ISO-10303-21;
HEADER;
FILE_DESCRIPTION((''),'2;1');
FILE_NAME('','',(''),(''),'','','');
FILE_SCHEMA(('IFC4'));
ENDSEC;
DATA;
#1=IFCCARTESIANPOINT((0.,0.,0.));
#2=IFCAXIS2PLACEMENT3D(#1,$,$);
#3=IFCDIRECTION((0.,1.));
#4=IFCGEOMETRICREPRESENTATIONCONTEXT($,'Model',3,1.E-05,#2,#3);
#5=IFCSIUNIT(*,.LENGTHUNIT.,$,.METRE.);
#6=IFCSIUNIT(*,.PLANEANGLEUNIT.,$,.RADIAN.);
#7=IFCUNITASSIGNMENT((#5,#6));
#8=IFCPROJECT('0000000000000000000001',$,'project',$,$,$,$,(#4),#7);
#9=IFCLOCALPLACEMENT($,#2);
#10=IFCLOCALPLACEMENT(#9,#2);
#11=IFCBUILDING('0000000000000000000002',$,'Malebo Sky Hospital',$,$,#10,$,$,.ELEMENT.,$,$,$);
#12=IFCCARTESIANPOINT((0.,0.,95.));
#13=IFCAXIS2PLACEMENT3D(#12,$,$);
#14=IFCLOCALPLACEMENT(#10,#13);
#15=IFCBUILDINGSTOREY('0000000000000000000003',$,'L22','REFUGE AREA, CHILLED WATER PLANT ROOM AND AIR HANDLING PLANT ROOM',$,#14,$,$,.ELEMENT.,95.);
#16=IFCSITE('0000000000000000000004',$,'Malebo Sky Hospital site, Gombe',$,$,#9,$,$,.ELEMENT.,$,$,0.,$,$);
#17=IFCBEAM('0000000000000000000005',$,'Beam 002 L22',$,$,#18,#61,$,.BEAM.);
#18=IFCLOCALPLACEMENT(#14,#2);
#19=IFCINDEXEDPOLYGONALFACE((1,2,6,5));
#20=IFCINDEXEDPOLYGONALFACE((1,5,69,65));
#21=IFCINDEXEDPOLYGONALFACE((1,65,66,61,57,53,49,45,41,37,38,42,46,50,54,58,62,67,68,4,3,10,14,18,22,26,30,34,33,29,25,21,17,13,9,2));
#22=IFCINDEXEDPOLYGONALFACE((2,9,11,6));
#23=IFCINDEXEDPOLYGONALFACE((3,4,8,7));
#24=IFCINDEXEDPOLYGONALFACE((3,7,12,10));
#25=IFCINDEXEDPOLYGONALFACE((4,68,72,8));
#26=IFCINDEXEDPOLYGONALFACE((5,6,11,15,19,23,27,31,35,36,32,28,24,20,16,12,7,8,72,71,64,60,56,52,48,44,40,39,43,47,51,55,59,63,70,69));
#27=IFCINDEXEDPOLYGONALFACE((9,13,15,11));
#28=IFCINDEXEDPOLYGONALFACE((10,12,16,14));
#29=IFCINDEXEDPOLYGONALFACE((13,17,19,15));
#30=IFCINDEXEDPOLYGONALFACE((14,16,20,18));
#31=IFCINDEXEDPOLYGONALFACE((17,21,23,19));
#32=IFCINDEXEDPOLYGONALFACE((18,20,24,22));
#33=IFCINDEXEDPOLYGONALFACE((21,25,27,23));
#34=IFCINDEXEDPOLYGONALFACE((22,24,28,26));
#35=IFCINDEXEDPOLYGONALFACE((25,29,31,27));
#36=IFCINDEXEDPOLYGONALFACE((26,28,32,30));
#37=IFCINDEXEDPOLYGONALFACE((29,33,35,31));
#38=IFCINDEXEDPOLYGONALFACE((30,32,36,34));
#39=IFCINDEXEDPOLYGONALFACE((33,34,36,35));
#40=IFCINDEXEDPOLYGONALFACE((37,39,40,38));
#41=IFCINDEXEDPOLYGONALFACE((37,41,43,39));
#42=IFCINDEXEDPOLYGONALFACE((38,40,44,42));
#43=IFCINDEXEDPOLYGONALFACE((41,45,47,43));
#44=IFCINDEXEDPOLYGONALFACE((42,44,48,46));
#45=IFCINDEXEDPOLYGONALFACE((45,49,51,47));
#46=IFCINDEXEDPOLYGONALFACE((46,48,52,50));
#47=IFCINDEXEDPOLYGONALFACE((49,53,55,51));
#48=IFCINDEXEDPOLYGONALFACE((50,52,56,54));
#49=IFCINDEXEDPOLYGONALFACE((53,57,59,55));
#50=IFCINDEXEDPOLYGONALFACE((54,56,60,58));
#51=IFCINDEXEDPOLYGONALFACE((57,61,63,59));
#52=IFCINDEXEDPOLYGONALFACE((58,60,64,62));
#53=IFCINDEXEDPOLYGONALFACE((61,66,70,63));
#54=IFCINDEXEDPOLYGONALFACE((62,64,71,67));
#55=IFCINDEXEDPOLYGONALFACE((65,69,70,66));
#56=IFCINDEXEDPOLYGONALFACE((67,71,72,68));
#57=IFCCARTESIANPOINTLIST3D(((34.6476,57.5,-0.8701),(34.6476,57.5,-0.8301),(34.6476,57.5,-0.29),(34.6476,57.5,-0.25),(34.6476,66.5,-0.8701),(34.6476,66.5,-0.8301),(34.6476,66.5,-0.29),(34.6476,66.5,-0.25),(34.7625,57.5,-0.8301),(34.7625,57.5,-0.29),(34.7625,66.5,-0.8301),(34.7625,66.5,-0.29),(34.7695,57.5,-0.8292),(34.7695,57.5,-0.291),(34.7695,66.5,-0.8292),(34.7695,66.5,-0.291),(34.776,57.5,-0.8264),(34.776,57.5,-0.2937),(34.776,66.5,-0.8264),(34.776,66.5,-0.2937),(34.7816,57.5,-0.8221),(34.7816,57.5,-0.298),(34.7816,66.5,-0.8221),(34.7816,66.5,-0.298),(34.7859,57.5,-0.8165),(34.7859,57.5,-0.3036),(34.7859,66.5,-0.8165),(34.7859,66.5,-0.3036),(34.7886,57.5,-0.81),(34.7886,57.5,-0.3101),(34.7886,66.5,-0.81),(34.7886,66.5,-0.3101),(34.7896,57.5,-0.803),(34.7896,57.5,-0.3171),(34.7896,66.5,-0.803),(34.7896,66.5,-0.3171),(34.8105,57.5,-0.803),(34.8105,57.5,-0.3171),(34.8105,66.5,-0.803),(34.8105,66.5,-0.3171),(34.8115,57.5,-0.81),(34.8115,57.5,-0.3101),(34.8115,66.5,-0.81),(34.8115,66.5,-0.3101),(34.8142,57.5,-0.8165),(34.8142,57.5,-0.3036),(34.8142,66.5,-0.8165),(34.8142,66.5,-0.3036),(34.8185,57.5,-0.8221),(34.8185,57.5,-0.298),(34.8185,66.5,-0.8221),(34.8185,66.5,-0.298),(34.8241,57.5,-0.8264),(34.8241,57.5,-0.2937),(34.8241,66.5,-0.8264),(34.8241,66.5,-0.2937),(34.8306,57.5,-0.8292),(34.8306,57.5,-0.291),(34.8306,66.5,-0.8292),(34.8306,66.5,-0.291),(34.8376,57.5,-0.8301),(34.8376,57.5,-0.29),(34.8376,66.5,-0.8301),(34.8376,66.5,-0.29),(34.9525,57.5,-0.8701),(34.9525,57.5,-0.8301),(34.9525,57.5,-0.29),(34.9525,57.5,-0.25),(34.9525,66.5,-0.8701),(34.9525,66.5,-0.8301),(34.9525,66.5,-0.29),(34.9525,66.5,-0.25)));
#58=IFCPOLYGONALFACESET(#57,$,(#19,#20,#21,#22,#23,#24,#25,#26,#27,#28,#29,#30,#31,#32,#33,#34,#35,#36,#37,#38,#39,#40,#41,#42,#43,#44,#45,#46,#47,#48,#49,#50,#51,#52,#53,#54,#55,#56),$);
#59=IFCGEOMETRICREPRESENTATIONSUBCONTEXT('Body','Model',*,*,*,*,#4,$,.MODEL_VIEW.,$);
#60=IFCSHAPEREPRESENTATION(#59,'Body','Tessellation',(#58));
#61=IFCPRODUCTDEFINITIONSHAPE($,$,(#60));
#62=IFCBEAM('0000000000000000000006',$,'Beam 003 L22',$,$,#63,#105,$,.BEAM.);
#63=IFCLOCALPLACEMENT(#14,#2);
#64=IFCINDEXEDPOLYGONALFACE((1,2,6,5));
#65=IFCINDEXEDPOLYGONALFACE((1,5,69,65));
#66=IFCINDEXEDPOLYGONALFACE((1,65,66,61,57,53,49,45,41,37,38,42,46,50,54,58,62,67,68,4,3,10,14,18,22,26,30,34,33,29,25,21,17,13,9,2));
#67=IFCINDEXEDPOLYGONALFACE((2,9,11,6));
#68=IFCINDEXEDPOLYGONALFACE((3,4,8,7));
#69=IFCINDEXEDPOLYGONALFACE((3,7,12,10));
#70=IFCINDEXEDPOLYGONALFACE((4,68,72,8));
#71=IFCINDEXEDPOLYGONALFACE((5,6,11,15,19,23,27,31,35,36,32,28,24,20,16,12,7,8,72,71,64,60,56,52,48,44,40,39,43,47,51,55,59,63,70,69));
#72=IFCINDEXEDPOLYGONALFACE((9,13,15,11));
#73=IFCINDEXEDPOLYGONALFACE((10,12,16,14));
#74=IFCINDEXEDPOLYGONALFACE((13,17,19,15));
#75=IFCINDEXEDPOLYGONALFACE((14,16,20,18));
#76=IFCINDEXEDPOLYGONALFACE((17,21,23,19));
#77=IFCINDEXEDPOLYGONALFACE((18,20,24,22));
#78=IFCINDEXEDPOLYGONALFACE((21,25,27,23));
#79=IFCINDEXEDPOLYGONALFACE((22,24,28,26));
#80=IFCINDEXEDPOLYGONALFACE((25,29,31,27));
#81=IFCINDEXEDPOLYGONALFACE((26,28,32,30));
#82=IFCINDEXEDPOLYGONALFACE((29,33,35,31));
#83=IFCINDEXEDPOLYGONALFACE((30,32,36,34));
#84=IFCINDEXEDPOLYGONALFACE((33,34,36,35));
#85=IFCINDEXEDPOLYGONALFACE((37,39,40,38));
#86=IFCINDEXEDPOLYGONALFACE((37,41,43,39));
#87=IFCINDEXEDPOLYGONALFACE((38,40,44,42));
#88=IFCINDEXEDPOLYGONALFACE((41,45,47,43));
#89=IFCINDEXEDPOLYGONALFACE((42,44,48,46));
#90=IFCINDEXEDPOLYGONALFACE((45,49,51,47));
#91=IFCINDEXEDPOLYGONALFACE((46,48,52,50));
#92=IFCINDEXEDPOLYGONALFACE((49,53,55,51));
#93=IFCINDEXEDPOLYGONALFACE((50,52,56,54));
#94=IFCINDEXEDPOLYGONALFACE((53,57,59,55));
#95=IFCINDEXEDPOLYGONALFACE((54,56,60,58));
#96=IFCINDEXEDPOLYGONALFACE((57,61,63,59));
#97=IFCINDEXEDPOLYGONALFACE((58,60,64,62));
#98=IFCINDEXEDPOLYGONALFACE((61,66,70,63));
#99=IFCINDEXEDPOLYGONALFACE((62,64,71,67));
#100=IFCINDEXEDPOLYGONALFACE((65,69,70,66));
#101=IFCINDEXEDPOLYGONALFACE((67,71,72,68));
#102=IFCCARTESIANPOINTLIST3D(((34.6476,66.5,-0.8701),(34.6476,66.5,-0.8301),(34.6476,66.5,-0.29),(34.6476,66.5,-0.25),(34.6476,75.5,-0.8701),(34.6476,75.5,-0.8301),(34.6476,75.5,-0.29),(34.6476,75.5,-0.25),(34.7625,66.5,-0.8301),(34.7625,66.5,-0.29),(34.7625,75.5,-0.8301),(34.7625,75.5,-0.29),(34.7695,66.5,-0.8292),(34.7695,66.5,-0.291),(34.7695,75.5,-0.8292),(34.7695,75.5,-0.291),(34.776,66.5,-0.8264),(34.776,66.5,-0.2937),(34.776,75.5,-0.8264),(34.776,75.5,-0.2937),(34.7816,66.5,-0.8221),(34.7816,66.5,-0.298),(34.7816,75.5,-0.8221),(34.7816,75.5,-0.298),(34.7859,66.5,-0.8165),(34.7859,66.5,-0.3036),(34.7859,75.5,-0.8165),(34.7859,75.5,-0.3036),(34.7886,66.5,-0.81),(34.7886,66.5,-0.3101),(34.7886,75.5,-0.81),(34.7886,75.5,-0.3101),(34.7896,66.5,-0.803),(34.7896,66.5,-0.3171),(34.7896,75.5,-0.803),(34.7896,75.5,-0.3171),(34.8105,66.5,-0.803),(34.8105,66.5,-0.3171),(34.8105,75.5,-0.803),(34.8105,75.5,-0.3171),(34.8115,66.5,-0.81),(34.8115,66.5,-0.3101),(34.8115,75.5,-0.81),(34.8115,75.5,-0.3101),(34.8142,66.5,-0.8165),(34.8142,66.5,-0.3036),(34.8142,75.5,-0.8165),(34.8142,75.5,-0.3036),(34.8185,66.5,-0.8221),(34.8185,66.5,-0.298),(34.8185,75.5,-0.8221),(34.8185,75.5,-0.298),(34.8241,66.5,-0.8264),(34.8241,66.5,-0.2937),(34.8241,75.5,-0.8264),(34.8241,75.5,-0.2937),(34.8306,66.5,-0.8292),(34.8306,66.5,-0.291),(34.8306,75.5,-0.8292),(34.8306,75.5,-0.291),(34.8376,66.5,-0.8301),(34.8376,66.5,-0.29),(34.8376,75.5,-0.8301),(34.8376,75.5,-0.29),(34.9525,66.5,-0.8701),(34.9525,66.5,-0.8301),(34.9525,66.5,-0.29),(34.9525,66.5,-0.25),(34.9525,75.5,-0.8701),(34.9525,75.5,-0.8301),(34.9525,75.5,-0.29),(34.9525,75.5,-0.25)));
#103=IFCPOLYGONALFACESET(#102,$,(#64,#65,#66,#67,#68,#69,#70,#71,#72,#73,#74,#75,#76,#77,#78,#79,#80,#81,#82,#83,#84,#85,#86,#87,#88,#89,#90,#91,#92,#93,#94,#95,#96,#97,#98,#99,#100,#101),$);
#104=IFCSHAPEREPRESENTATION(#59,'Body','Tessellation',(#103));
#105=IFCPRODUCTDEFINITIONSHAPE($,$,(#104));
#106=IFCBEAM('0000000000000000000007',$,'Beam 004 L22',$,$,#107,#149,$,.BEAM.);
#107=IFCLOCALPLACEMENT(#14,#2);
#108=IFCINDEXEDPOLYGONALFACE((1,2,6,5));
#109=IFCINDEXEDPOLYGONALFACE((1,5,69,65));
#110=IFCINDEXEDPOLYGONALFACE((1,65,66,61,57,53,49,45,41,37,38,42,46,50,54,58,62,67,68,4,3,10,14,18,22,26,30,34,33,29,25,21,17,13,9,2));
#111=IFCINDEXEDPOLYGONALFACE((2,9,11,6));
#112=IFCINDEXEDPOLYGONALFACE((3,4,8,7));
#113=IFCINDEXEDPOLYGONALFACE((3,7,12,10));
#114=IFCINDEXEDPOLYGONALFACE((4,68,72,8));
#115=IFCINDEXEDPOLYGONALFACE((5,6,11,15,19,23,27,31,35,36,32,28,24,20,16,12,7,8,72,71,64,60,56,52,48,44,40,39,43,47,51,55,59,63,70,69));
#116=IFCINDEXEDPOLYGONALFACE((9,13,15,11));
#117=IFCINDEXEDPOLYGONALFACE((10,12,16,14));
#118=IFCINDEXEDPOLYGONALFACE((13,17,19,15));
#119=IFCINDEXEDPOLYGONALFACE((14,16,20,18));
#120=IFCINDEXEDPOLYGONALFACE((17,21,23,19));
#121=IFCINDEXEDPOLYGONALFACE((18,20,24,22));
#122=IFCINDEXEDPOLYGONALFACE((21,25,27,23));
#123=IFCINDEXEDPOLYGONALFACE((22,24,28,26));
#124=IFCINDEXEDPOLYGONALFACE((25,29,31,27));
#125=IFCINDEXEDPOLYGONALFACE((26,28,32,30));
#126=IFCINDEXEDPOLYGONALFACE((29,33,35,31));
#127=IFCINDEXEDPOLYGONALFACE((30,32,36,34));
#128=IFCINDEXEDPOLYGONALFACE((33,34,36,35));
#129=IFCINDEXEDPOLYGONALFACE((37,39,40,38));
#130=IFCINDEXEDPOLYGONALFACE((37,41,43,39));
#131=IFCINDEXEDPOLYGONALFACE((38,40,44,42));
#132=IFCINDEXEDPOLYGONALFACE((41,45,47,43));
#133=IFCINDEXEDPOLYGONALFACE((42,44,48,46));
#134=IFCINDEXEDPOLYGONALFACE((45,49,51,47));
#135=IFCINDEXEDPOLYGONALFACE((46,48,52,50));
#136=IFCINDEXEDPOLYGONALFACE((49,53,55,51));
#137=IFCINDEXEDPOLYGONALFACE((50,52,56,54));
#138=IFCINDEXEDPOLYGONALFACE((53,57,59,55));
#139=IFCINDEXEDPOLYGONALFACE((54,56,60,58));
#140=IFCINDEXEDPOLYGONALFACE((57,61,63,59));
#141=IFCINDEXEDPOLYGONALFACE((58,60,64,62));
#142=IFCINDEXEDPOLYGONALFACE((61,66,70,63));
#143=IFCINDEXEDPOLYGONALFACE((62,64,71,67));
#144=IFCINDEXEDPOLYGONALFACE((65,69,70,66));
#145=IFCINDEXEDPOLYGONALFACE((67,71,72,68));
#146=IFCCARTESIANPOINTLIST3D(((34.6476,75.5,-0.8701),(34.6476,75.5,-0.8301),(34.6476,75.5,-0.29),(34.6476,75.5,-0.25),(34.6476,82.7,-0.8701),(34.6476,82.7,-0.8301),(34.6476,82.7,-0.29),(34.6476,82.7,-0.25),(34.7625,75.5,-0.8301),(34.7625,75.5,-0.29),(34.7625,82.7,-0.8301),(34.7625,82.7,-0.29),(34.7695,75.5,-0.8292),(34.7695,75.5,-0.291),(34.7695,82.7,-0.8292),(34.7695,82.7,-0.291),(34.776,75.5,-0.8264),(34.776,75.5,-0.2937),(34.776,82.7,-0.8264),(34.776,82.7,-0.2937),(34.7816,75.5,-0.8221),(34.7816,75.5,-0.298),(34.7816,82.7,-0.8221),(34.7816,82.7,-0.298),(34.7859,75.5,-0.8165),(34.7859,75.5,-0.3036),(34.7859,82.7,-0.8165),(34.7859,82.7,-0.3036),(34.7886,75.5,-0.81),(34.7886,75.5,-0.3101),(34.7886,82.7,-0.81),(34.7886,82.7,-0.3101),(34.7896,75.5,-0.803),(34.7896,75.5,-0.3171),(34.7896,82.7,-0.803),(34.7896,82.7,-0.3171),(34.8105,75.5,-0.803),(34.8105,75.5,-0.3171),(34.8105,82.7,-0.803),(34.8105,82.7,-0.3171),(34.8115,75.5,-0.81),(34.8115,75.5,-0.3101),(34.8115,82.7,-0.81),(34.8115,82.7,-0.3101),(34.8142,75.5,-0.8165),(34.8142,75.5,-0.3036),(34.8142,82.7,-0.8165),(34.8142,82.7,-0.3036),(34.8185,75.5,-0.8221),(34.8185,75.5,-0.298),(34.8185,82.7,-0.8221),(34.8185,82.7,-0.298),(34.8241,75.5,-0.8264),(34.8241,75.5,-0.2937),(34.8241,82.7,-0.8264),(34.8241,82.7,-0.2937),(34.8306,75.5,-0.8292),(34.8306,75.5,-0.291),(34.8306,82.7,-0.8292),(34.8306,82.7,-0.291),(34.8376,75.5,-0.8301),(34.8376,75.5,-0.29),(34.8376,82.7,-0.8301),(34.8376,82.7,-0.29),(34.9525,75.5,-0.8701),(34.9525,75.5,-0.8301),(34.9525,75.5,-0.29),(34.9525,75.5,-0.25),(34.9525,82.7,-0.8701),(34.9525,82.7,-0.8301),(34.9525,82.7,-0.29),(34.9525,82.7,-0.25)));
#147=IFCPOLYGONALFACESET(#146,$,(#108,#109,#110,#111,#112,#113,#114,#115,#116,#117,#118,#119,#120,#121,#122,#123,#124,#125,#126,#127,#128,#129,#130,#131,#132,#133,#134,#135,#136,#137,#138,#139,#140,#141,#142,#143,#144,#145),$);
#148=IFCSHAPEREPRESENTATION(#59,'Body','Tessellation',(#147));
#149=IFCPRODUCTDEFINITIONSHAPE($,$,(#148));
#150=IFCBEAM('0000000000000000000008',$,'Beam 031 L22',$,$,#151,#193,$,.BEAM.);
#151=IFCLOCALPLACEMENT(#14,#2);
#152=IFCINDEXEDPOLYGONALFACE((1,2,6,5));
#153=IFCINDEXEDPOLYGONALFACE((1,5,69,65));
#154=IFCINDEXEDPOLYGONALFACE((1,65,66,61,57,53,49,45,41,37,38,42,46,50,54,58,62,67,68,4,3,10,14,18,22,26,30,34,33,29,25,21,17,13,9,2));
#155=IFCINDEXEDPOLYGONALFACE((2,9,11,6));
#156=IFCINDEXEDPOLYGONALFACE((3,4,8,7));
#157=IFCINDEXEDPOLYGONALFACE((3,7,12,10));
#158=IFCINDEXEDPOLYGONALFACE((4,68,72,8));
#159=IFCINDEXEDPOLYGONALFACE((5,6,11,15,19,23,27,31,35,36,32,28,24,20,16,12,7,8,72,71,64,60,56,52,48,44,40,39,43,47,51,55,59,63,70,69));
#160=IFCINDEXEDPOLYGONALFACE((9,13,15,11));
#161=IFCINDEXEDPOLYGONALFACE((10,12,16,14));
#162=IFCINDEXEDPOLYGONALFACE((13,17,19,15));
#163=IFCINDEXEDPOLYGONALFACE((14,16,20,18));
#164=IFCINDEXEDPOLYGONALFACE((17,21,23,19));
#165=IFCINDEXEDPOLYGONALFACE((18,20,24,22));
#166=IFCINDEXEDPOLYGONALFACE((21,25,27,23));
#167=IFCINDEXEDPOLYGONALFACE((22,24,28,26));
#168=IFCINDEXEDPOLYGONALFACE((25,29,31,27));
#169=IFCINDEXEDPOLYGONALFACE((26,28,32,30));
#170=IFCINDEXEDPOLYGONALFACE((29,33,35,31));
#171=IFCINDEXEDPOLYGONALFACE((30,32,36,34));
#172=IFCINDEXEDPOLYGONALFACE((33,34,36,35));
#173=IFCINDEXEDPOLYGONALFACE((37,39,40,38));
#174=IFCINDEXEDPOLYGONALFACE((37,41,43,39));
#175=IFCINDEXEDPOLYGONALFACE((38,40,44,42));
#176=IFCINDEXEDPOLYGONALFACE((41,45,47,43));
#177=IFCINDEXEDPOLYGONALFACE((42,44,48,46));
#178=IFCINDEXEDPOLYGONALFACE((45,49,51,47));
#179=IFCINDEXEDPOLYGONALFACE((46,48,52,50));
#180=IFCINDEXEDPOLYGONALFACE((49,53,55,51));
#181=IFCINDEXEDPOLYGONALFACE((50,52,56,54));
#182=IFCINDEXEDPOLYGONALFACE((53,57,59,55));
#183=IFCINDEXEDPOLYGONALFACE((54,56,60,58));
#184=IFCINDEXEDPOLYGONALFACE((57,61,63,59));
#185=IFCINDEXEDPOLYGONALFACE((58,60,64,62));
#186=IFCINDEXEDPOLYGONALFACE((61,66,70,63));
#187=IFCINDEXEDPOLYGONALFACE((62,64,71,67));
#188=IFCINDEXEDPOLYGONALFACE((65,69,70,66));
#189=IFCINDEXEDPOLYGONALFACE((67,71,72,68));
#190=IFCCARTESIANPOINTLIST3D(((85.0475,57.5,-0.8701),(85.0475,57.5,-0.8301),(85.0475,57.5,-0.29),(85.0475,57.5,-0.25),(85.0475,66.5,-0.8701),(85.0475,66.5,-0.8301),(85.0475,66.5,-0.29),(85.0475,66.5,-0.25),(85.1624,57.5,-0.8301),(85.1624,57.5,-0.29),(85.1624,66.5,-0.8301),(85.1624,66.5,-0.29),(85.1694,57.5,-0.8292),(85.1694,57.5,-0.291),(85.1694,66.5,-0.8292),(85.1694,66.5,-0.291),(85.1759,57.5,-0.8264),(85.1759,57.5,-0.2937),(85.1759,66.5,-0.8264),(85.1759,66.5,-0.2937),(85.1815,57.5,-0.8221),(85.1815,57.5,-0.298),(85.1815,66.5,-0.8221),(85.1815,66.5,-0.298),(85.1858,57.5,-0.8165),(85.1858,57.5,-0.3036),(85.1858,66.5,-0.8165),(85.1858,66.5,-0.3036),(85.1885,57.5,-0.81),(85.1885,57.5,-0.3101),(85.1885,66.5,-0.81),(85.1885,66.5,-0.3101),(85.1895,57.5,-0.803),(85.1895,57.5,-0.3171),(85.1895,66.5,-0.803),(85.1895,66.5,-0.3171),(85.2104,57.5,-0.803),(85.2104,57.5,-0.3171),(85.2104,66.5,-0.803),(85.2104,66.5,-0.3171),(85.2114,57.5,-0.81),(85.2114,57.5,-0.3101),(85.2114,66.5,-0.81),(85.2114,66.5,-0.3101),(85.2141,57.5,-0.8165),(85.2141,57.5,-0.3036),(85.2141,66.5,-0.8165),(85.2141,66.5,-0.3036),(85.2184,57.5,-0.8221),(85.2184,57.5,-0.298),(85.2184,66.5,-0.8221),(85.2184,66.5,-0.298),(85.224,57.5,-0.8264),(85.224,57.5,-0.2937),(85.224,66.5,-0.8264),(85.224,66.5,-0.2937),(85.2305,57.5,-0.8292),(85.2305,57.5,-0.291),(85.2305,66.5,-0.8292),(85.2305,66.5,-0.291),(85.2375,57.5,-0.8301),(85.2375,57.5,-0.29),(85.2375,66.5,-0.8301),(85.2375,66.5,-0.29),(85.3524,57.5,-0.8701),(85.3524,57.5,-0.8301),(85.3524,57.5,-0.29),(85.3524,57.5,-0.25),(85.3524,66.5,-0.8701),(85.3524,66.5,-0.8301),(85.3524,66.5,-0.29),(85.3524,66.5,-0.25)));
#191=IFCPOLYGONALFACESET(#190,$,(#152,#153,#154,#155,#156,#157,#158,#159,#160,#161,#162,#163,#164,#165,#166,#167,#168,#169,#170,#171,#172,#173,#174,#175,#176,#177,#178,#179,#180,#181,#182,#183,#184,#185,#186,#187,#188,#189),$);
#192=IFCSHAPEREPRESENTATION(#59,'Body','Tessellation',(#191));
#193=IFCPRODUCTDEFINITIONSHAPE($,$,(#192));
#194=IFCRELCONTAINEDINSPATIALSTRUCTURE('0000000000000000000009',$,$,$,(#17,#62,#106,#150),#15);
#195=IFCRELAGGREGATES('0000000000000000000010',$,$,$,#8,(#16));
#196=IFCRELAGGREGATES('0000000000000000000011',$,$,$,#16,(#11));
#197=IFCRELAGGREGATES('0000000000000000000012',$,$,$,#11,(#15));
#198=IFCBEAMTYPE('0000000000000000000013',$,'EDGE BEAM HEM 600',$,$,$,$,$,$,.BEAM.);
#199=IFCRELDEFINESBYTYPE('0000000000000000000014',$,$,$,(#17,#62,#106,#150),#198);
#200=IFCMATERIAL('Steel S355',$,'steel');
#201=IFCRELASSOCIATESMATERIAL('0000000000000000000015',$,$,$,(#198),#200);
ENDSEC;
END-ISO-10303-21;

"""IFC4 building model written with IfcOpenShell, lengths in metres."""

from ifc_helpers import new_model, si_unit, direction, frame, origin, origin_2d, place, context, subcontext, project, spatial, i_section, extrude, material, material_profile, profile_set, type_object, element, save


model = new_model("IFC4")

# Units and contexts
model_context = context("Model", 3, precision=1e-05, world=origin(), true_north=direction((0.0, 1.0)))
body_context = subcontext(model_context, "Body", "Model", "MODEL_VIEW")
ifc_project = project(units=[si_unit("LENGTHUNIT", "METRE"), si_unit("PLANEANGLEUNIT", "RADIAN")], contexts=[model_context])

# Site, building, storey
site_placement = place(None, origin())
site = spatial("IfcSite", under=ifc_project, at=site_placement, Name="Malebo Sky Hospital site, Gombe", CompositionType="ELEMENT", RefElevation=0.0)
building_placement = place(site_placement, origin())
building = spatial("IfcBuilding", under=site, at=building_placement, Name="Malebo Sky Hospital", CompositionType="ELEMENT")
storey_placement = place(building_placement, frame((0.0, 0.0, 95.0)))
storey = spatial("IfcBuildingStorey", under=building, at=storey_placement, Name="L22", Description="REFUGE AREA, CHILLED WATER PLANT ROOM AND AIR HANDLING PLANT ROOM", CompositionType="ELEMENT", Elevation=95.0)

# Beams
ifc_material_1 = material(Name="Steel S355", Category="steel")
ifc_material_profile_1 = material_profile(ifc_material_1, i_section(OverallWidth=0.3049, OverallDepth=0.6201, WebThickness=0.021, FlangeThickness=0.04, FilletRadius=0.0271, at=origin_2d()), Name="HEM 600")
ifc_profile_set_1 = profile_set([ifc_material_profile_1], Name="Steel S355")
beam_type = type_object("IfcBeamType", Name="EDGE BEAM HEM 600", PredefinedType="BEAM", material=ifc_profile_set_1)
for number, where, z_axis, x_axis, name in (
    (1, (34.8, 57.5, -0.5601), (0.0, 1.0, 0.0), (-1.0, 0.0, 0.0), "Beam 002 L22"),
    (2, (34.8, 66.5, -0.5601), (0.0, 1.0, 0.0), (-1.0, 0.0, 0.0), "Beam 003 L22"),
):
    element("IfcBeam", number, at=place(storey_placement, frame(where, z_axis=z_axis, x_axis=x_axis)), inside=storey, type_object=beam_type, Name=name, PredefinedType="BEAM", context=body_context, shape_type="SweptSolid", body=[
        extrude(i_section(OverallWidth=0.3049, OverallDepth=0.6201, WebThickness=0.021, FlangeThickness=0.04, FilletRadius=0.0271, at=origin_2d()), origin(), (0.0, 0.0, 1.0), 9.0),
    ])
beam_1_placement = place(storey_placement, frame((34.8, 75.5, -0.5601), z_axis=(0.0, 1.0, 0.0), x_axis=(-1.0, 0.0, 0.0)))
element("IfcBeam", 3, at=beam_1_placement, inside=storey, type_object=beam_type, Name="Beam 004 L22", PredefinedType="BEAM", context=body_context, shape_type="SweptSolid", body=[
    extrude(i_section(OverallWidth=0.3049, OverallDepth=0.6201, WebThickness=0.021, FlangeThickness=0.04, FilletRadius=0.0271, at=origin_2d()), origin(), (0.0, 0.0, 1.0), 7.2),
])
for number, where, z_axis, x_axis, name in (
    (4, (85.2, 57.5, -0.5601), (0.0, 1.0, 0.0), (-1.0, 0.0, 0.0), "Beam 031 L22"),
):
    element("IfcBeam", number, at=place(storey_placement, frame(where, z_axis=z_axis, x_axis=x_axis)), inside=storey, type_object=beam_type, Name=name, PredefinedType="BEAM", context=body_context, shape_type="SweptSolid", body=[
        extrude(i_section(OverallWidth=0.3049, OverallDepth=0.6201, WebThickness=0.021, FlangeThickness=0.04, FilletRadius=0.0271, at=origin_2d()), origin(), (0.0, 0.0, 1.0), 9.0),
    ])

save(model, "model.ifc")
